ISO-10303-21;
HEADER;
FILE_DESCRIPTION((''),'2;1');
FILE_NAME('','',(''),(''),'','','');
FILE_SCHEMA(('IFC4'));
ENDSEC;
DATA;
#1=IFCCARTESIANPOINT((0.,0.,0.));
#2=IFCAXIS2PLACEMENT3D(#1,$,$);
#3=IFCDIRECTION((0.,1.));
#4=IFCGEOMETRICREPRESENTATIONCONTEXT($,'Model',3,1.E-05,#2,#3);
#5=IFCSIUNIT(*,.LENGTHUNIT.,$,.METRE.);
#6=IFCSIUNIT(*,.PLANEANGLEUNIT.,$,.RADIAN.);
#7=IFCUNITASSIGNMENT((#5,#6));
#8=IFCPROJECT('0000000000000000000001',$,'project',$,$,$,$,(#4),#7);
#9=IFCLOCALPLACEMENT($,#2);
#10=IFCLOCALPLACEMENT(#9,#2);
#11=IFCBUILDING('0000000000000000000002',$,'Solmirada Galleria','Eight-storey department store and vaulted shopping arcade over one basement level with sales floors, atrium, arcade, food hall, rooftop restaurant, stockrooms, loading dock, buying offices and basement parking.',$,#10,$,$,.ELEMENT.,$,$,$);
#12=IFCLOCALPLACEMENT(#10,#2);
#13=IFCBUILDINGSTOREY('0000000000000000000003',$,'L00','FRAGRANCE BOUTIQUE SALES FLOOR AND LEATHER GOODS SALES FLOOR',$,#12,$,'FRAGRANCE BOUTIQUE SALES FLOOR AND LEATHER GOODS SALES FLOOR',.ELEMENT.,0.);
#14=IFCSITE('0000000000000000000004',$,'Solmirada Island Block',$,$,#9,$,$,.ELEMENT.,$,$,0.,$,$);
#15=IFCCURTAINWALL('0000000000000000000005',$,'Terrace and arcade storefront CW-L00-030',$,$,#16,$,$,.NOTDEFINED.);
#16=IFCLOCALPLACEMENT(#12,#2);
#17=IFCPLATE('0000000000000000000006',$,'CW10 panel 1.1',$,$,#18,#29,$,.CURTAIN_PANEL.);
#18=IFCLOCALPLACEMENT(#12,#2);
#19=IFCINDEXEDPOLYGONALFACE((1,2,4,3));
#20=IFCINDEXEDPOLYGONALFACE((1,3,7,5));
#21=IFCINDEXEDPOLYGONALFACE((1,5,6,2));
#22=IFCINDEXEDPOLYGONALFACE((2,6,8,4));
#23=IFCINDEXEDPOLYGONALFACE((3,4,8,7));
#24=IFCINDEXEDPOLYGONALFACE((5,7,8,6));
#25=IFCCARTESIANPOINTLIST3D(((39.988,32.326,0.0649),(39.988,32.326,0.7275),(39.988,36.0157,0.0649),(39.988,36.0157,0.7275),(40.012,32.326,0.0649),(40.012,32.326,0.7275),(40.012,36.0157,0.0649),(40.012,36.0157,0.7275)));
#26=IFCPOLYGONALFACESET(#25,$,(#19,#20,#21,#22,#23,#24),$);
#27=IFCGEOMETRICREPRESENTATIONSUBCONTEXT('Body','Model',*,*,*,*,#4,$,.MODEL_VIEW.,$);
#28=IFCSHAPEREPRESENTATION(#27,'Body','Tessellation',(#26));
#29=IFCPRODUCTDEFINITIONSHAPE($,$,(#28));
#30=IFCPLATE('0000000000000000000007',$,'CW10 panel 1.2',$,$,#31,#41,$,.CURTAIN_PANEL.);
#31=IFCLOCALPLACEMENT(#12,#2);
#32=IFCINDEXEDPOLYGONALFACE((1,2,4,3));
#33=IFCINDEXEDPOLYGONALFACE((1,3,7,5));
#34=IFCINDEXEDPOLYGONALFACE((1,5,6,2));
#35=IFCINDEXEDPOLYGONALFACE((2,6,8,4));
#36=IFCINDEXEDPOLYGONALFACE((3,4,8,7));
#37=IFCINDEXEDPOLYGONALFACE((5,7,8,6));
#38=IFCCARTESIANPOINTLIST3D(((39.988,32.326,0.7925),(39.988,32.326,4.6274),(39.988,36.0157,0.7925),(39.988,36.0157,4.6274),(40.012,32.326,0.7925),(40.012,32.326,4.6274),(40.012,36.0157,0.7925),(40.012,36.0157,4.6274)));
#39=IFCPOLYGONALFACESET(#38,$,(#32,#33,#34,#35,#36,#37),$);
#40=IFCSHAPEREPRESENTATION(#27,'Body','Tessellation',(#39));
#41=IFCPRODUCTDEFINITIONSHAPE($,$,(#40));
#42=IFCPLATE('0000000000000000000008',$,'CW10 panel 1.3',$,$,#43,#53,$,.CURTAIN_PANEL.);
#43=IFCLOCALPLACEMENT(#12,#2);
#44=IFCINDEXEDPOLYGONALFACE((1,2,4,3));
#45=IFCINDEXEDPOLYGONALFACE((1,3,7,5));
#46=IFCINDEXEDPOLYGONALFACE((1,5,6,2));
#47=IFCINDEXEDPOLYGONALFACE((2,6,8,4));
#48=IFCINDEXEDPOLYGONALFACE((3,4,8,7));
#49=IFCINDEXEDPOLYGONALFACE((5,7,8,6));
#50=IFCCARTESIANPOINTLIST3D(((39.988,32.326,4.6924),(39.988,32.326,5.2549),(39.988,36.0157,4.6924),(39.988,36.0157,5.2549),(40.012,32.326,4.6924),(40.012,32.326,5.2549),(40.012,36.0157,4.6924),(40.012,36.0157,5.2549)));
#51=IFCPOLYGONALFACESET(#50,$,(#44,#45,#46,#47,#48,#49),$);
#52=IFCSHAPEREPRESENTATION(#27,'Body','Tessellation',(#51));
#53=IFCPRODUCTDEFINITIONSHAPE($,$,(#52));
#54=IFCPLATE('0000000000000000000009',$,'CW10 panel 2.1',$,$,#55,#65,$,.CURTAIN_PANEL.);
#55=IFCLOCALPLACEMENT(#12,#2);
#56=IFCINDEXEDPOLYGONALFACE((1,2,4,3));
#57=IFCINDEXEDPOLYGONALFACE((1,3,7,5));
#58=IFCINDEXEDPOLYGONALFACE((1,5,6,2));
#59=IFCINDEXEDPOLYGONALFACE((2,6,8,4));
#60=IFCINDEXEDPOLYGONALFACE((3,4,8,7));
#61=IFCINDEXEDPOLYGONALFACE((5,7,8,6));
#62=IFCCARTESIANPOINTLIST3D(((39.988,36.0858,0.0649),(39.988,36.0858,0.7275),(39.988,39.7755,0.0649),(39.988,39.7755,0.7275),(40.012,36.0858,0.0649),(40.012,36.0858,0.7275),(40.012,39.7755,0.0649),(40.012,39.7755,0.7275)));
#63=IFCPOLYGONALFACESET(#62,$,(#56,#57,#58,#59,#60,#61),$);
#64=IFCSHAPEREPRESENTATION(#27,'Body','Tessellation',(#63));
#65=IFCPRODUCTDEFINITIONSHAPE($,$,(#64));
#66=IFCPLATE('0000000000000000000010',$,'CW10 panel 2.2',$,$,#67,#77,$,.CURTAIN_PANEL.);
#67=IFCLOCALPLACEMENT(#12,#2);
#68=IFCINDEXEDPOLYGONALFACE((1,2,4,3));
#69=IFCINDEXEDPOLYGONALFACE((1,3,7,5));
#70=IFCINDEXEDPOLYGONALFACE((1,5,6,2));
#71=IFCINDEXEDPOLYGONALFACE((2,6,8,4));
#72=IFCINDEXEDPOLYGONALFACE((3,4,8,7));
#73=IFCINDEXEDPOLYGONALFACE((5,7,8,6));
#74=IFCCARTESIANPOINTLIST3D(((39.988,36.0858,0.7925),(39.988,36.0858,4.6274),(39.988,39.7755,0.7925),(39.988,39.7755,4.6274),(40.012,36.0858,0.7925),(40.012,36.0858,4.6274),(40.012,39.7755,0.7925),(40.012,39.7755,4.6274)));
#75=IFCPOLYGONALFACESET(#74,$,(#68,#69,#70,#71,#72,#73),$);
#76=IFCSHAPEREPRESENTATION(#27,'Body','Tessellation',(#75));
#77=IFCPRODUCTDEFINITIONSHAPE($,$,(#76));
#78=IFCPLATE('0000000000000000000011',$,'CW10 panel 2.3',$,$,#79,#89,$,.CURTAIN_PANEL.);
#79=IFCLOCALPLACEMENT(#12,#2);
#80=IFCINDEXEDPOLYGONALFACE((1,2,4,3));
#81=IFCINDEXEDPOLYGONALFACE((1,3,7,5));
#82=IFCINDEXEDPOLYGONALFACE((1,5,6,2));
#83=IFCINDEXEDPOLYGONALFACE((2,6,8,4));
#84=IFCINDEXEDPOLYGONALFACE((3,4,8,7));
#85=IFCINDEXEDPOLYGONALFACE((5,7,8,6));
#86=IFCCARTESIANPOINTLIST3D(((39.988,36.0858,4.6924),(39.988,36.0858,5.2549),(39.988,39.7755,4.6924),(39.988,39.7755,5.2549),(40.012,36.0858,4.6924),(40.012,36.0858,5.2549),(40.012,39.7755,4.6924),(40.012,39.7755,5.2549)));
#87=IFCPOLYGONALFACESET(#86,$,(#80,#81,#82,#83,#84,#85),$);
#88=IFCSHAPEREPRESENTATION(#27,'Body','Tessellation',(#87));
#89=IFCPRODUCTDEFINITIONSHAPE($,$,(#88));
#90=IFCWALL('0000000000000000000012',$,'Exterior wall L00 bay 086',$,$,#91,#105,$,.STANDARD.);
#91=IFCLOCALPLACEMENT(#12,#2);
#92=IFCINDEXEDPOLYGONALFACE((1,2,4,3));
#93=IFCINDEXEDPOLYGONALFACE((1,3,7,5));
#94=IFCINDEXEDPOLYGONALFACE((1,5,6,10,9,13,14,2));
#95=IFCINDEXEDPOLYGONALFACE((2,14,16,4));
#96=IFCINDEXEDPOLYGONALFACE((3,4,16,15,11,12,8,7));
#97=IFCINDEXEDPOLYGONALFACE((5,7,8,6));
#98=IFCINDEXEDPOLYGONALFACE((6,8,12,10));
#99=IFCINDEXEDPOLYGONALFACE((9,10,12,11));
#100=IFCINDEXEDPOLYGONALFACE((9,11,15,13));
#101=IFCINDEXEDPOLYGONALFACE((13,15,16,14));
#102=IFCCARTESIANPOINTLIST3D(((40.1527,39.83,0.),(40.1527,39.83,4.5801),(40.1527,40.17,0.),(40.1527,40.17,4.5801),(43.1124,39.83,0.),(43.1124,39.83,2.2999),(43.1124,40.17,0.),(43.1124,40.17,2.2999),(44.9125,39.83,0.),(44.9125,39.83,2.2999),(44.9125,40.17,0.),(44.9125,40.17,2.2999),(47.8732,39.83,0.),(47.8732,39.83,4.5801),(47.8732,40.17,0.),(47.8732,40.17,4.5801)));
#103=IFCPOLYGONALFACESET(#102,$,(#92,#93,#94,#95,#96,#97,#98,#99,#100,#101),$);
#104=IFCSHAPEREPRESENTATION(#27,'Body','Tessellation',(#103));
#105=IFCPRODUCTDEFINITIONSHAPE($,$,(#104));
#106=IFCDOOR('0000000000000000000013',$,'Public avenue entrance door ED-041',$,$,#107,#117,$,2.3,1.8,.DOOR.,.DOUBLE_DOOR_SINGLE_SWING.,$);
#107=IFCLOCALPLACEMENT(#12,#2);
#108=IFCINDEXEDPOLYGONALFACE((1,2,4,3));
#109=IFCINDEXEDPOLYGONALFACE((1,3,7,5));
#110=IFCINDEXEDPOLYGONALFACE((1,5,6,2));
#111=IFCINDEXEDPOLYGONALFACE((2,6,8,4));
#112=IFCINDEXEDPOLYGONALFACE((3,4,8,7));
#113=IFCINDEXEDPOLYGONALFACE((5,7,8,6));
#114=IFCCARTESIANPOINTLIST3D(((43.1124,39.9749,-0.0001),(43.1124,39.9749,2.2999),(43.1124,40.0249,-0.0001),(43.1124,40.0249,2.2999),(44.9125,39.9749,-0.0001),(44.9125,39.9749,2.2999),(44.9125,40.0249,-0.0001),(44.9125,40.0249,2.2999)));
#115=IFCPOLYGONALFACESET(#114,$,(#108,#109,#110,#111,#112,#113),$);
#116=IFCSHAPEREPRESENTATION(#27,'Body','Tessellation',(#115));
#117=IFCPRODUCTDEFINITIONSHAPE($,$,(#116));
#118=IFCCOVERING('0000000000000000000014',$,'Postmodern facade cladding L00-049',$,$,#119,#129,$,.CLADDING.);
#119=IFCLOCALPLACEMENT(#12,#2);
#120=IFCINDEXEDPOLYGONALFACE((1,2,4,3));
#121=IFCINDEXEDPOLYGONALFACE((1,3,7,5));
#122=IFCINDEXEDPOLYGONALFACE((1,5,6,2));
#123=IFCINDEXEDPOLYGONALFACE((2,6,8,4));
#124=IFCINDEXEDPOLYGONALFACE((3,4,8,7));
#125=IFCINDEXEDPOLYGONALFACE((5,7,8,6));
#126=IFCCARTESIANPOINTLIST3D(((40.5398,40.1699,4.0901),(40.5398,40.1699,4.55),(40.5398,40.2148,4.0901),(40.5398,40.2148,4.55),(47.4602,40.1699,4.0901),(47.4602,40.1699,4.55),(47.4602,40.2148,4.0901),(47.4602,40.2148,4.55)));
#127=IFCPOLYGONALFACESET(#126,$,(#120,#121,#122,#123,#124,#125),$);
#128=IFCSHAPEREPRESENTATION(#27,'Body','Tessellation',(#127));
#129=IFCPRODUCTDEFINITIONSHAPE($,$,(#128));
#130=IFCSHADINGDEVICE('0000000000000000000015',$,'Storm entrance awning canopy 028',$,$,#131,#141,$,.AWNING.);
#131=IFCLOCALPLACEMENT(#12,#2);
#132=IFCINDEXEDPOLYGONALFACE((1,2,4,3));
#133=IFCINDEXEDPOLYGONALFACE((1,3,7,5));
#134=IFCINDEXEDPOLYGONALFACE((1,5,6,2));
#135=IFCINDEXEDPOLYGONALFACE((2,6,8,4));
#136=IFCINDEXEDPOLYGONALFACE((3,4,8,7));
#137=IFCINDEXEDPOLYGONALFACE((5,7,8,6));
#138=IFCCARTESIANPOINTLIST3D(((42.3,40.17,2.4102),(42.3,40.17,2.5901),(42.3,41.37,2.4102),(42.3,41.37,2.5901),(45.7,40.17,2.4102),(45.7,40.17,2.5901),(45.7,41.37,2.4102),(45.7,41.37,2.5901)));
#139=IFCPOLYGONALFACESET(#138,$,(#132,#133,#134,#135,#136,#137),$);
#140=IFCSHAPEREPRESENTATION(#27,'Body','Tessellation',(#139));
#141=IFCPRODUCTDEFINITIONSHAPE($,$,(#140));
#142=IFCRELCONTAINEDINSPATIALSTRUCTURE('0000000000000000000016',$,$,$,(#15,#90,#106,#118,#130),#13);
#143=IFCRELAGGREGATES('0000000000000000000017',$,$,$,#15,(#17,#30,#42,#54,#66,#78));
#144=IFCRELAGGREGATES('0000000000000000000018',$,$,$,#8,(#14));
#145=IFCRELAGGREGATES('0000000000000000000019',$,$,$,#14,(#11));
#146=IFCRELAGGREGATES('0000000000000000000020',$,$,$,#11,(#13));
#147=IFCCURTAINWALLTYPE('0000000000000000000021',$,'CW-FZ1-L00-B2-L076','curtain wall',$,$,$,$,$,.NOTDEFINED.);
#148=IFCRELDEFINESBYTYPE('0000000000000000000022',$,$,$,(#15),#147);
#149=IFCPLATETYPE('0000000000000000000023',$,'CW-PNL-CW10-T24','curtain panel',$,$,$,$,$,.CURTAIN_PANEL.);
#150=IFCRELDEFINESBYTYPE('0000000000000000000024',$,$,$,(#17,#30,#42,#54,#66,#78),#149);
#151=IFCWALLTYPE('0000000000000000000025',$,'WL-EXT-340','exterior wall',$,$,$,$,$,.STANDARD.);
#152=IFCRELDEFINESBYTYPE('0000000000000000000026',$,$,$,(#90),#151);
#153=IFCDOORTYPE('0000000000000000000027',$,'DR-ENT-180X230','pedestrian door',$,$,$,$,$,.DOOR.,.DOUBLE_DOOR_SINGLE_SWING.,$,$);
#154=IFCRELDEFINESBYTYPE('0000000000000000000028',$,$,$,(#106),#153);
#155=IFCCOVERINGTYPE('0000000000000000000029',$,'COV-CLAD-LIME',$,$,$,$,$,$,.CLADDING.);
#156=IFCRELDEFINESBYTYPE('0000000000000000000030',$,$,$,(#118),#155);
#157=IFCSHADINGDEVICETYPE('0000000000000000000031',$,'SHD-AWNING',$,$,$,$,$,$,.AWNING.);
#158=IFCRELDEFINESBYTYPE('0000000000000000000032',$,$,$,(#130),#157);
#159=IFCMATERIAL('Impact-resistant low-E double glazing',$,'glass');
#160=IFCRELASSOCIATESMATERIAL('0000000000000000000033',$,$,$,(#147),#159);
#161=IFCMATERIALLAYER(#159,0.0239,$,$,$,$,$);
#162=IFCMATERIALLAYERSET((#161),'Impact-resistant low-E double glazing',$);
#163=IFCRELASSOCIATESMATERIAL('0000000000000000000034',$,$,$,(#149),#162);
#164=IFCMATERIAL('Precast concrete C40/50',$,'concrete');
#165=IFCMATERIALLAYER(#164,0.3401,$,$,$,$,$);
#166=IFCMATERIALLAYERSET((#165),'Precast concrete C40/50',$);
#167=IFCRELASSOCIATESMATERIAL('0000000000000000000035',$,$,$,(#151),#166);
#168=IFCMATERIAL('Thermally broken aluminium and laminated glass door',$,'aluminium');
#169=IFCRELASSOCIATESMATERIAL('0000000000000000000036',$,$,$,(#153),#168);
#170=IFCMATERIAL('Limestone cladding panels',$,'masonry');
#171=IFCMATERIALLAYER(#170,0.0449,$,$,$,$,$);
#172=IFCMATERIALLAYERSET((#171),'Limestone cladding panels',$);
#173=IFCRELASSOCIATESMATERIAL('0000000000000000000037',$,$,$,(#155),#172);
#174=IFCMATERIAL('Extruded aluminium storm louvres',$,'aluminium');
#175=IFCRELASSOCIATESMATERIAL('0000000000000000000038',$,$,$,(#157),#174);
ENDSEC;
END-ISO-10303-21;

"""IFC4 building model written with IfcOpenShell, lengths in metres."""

from ifc_helpers import new_model, si_unit, direction, frame, frame_2d, origin, origin_2d, place, context, subcontext, project, spatial, rectangle, extrude, material, layer, layer_set, type_object, element, fill, aggregate, save


model = new_model("IFC4")

# Units and contexts
model_context = context("Model", 3, precision=1e-05, world=origin(), true_north=direction((0.0, 1.0)))
body_context = subcontext(model_context, "Body", "Model", "MODEL_VIEW")
ifc_project = project(units=[si_unit("LENGTHUNIT", "METRE"), si_unit("PLANEANGLEUNIT", "RADIAN")], contexts=[model_context])

# Site, building, storey
site_placement = place(None, origin())
site = spatial("IfcSite", under=ifc_project, at=site_placement, Name="Solmirada Island Block", CompositionType="ELEMENT", RefElevation=0.0)
building_placement = place(site_placement, origin())
building = spatial("IfcBuilding", under=site, at=building_placement, Name="Solmirada Galleria", Description="Eight-storey department store and vaulted shopping arcade over one basement level with sales floors, atrium, arcade, food hall, rooftop restaurant, stockrooms, loading dock, buying offices and basement parking.", CompositionType="ELEMENT")
storey_placement = place(building_placement, origin())
storey = spatial("IfcBuildingStorey", under=building, at=storey_placement, Name="L00", Description="FRAGRANCE BOUTIQUE SALES FLOOR AND LEATHER GOODS SALES FLOOR", LongName="FRAGRANCE BOUTIQUE SALES FLOOR AND LEATHER GOODS SALES FLOOR", CompositionType="ELEMENT", Elevation=0.0)

# Curtain wall
ifc_material_1 = material(Name="Impact-resistant low-E double glazing", Category="glass")
curtain_wall_type = type_object("IfcCurtainWallType", Name="CW-FZ1-L00-B2-L076", Description="curtain wall", PredefinedType="NOTDEFINED", material=ifc_material_1)
curtain_wall_1_placement = place(storey_placement, origin())
curtain_wall_1 = element("IfcCurtainWall", 1, at=curtain_wall_1_placement, inside=storey, type_object=curtain_wall_type, Name="Terrace and arcade storefront CW-L00-030", PredefinedType="NOTDEFINED")

# Plates
ifc_layer_1 = layer(ifc_material_1, 0.0239)
ifc_layer_set_1 = layer_set([ifc_layer_1], Name="Impact-resistant low-E double glazing")
plate_type = type_object("IfcPlateType", Name="CW-PNL-CW10-T24", Description="curtain panel", PredefinedType="CURTAIN_PANEL", material=ifc_layer_set_1)
plate_1_placement = place(storey_placement, frame((40.0, 34.1709, 0.0649), z_axis=(0.0, 0.0, 1.0), x_axis=(0.0, 1.0, 0.0)))
plate_1 = element("IfcPlate", 2, at=plate_1_placement, type_object=plate_type, Name="CW10 panel 1.1", PredefinedType="CURTAIN_PANEL", context=body_context, shape_type="SweptSolid", body=[
    extrude(rectangle(XDim=3.6897, YDim=0.0239, at=origin_2d()), origin(), (0.0, 0.0, 1.0), 0.6626),
])
plate_2_placement = place(storey_placement, frame((40.0, 34.1709, 0.7925), z_axis=(0.0, 0.0, 1.0), x_axis=(0.0, 1.0, 0.0)))
plate_2 = element("IfcPlate", 3, at=plate_2_placement, type_object=plate_type, Name="CW10 panel 1.2", PredefinedType="CURTAIN_PANEL", context=body_context, shape_type="SweptSolid", body=[
    extrude(rectangle(XDim=3.6897, YDim=0.0239, at=origin_2d()), origin(), (0.0, 0.0, 1.0), 3.835),
])
plate_3_placement = place(storey_placement, frame((40.0, 34.1709, 4.6924), z_axis=(0.0, 0.0, 1.0), x_axis=(0.0, 1.0, 0.0)))
plate_3 = element("IfcPlate", 4, at=plate_3_placement, type_object=plate_type, Name="CW10 panel 1.3", PredefinedType="CURTAIN_PANEL", context=body_context, shape_type="SweptSolid", body=[
    extrude(rectangle(XDim=3.6897, YDim=0.0239, at=origin_2d()), origin(), (0.0, 0.0, 1.0), 0.5625),
])
plate_4_placement = place(storey_placement, frame((40.0, 37.9307, 0.0649), z_axis=(0.0, 0.0, 1.0), x_axis=(0.0, 1.0, 0.0)))
plate_4 = element("IfcPlate", 5, at=plate_4_placement, type_object=plate_type, Name="CW10 panel 2.1", PredefinedType="CURTAIN_PANEL", context=body_context, shape_type="SweptSolid", body=[
    extrude(rectangle(XDim=3.6897, YDim=0.0239, at=origin_2d()), origin(), (0.0, 0.0, 1.0), 0.6626),
])
plate_5_placement = place(storey_placement, frame((40.0, 37.9307, 0.7925), z_axis=(0.0, 0.0, 1.0), x_axis=(0.0, 1.0, 0.0)))
plate_5 = element("IfcPlate", 6, at=plate_5_placement, type_object=plate_type, Name="CW10 panel 2.2", PredefinedType="CURTAIN_PANEL", context=body_context, shape_type="SweptSolid", body=[
    extrude(rectangle(XDim=3.6897, YDim=0.0239, at=origin_2d()), origin(), (0.0, 0.0, 1.0), 3.835),
])
plate_6_placement = place(storey_placement, frame((40.0, 37.9307, 4.6924), z_axis=(0.0, 0.0, 1.0), x_axis=(0.0, 1.0, 0.0)))
plate_6 = element("IfcPlate", 7, at=plate_6_placement, type_object=plate_type, Name="CW10 panel 2.3", PredefinedType="CURTAIN_PANEL", context=body_context, shape_type="SweptSolid", body=[
    extrude(rectangle(XDim=3.6897, YDim=0.0239, at=origin_2d()), origin(), (0.0, 0.0, 1.0), 0.5625),
])
aggregate(curtain_wall_1, [plate_1, plate_2, plate_3, plate_4, plate_5, plate_6])

# Wall, opening, door
ifc_material_2 = material(Name="Precast concrete C40/50", Category="concrete")
ifc_layer_2 = layer(ifc_material_2, 0.3401)
ifc_layer_set_2 = layer_set([ifc_layer_2], Name="Precast concrete C40/50")
wall_type = type_object("IfcWallType", Name="WL-EXT-340", Description="exterior wall", PredefinedType="STANDARD", material=ifc_layer_set_2)
wall_placement = place(storey_placement, frame((40.1526, 40.0, 0.0), z_axis=(0.0, 0.0, 1.0), x_axis=(1.0, 0.0, 0.0)))
wall = element("IfcWall", 8, at=wall_placement, inside=storey, type_object=wall_type, Name="Exterior wall L00 bay 086", PredefinedType="STANDARD", context=body_context, shape_type="SweptSolid", body=[
    extrude(rectangle(XDim=7.7205, YDim=0.3401, at=frame_2d((3.8604, 0.0))), origin(), (0.0, 0.0, 1.0), 4.5801),
])
opening_placement = place(wall_placement, frame((2.96, 0.0, 0.0)))
opening = element("IfcOpeningElement", 9, at=opening_placement, cuts=wall, PredefinedType="OPENING", context=body_context, shape_type="SweptSolid", body=[
    extrude(rectangle(XDim=1.8, YDim=2.3, at=frame_2d((0.8999, 1.1499))), frame((0.0, 0.1799, 0.0), z_axis=(0.0, -1.0, 0.0), x_axis=(1.0, 0.0, 0.0)), (0.0, 0.0, 1.0), 0.3601),
])
ifc_material_3 = material(Name="Thermally broken aluminium and laminated glass door", Category="aluminium")
door_type = type_object("IfcDoorType", Name="DR-ENT-180X230", Description="pedestrian door", OperationType="DOUBLE_DOOR_SINGLE_SWING", PredefinedType="DOOR", material=ifc_material_3)
door_placement = place(opening_placement, origin())
door = element("IfcDoor", 10, at=door_placement, inside=storey, type_object=door_type, Name="Public avenue entrance door ED-041", OperationType="DOUBLE_DOOR_SINGLE_SWING", OverallHeight=2.3, OverallWidth=1.8, PredefinedType="DOOR", context=body_context, shape_type="SweptSolid", body=[
    extrude(rectangle(XDim=1.8, YDim=2.3, at=frame_2d((0.8999, 1.1499))), frame((0.0, 0.0249, 0.0), z_axis=(0.0, -1.0, 0.0), x_axis=(1.0, 0.0, 0.0)), (0.0, 0.0, 1.0), 0.05),
])
fill(opening, door)

# Covering
ifc_material_4 = material(Name="Limestone cladding panels", Category="masonry")
ifc_layer_3 = layer(ifc_material_4, 0.0449)
ifc_layer_set_3 = layer_set([ifc_layer_3], Name="Limestone cladding panels")
covering_type = type_object("IfcCoveringType", Name="COV-CLAD-LIME", PredefinedType="CLADDING", material=ifc_layer_set_3)
covering_placement = place(storey_placement, frame((44.0, 40.1924, 4.0901), z_axis=(0.0, 0.0, 1.0), x_axis=(1.0, 0.0, 0.0)))
element("IfcCovering", 11, at=covering_placement, inside=storey, type_object=covering_type, Name="Postmodern facade cladding L00-049", PredefinedType="CLADDING", context=body_context, shape_type="SweptSolid", body=[
    extrude(rectangle(XDim=6.9204, YDim=0.0449, at=origin_2d()), origin(), (0.0, 0.0, 1.0), 0.46),
])

# Shading device
ifc_material_5 = material(Name="Extruded aluminium storm louvres", Category="aluminium")
shading_device_type = type_object("IfcShadingDeviceType", Name="SHD-AWNING", PredefinedType="AWNING", material=ifc_material_5)
shading_device_placement = place(storey_placement, frame((44.0, 40.77, 2.4102), z_axis=(0.0, 0.0, 1.0), x_axis=(1.0, 0.0, 0.0)))
element("IfcShadingDevice", 12, at=shading_device_placement, inside=storey, type_object=shading_device_type, Name="Storm entrance awning canopy 028", PredefinedType="AWNING", context=body_context, shape_type="SweptSolid", body=[
    extrude(rectangle(XDim=3.3999, YDim=1.2, at=origin_2d()), origin(), (0.0, 0.0, 1.0), 0.1799),
])

save(model, "model.ifc")
